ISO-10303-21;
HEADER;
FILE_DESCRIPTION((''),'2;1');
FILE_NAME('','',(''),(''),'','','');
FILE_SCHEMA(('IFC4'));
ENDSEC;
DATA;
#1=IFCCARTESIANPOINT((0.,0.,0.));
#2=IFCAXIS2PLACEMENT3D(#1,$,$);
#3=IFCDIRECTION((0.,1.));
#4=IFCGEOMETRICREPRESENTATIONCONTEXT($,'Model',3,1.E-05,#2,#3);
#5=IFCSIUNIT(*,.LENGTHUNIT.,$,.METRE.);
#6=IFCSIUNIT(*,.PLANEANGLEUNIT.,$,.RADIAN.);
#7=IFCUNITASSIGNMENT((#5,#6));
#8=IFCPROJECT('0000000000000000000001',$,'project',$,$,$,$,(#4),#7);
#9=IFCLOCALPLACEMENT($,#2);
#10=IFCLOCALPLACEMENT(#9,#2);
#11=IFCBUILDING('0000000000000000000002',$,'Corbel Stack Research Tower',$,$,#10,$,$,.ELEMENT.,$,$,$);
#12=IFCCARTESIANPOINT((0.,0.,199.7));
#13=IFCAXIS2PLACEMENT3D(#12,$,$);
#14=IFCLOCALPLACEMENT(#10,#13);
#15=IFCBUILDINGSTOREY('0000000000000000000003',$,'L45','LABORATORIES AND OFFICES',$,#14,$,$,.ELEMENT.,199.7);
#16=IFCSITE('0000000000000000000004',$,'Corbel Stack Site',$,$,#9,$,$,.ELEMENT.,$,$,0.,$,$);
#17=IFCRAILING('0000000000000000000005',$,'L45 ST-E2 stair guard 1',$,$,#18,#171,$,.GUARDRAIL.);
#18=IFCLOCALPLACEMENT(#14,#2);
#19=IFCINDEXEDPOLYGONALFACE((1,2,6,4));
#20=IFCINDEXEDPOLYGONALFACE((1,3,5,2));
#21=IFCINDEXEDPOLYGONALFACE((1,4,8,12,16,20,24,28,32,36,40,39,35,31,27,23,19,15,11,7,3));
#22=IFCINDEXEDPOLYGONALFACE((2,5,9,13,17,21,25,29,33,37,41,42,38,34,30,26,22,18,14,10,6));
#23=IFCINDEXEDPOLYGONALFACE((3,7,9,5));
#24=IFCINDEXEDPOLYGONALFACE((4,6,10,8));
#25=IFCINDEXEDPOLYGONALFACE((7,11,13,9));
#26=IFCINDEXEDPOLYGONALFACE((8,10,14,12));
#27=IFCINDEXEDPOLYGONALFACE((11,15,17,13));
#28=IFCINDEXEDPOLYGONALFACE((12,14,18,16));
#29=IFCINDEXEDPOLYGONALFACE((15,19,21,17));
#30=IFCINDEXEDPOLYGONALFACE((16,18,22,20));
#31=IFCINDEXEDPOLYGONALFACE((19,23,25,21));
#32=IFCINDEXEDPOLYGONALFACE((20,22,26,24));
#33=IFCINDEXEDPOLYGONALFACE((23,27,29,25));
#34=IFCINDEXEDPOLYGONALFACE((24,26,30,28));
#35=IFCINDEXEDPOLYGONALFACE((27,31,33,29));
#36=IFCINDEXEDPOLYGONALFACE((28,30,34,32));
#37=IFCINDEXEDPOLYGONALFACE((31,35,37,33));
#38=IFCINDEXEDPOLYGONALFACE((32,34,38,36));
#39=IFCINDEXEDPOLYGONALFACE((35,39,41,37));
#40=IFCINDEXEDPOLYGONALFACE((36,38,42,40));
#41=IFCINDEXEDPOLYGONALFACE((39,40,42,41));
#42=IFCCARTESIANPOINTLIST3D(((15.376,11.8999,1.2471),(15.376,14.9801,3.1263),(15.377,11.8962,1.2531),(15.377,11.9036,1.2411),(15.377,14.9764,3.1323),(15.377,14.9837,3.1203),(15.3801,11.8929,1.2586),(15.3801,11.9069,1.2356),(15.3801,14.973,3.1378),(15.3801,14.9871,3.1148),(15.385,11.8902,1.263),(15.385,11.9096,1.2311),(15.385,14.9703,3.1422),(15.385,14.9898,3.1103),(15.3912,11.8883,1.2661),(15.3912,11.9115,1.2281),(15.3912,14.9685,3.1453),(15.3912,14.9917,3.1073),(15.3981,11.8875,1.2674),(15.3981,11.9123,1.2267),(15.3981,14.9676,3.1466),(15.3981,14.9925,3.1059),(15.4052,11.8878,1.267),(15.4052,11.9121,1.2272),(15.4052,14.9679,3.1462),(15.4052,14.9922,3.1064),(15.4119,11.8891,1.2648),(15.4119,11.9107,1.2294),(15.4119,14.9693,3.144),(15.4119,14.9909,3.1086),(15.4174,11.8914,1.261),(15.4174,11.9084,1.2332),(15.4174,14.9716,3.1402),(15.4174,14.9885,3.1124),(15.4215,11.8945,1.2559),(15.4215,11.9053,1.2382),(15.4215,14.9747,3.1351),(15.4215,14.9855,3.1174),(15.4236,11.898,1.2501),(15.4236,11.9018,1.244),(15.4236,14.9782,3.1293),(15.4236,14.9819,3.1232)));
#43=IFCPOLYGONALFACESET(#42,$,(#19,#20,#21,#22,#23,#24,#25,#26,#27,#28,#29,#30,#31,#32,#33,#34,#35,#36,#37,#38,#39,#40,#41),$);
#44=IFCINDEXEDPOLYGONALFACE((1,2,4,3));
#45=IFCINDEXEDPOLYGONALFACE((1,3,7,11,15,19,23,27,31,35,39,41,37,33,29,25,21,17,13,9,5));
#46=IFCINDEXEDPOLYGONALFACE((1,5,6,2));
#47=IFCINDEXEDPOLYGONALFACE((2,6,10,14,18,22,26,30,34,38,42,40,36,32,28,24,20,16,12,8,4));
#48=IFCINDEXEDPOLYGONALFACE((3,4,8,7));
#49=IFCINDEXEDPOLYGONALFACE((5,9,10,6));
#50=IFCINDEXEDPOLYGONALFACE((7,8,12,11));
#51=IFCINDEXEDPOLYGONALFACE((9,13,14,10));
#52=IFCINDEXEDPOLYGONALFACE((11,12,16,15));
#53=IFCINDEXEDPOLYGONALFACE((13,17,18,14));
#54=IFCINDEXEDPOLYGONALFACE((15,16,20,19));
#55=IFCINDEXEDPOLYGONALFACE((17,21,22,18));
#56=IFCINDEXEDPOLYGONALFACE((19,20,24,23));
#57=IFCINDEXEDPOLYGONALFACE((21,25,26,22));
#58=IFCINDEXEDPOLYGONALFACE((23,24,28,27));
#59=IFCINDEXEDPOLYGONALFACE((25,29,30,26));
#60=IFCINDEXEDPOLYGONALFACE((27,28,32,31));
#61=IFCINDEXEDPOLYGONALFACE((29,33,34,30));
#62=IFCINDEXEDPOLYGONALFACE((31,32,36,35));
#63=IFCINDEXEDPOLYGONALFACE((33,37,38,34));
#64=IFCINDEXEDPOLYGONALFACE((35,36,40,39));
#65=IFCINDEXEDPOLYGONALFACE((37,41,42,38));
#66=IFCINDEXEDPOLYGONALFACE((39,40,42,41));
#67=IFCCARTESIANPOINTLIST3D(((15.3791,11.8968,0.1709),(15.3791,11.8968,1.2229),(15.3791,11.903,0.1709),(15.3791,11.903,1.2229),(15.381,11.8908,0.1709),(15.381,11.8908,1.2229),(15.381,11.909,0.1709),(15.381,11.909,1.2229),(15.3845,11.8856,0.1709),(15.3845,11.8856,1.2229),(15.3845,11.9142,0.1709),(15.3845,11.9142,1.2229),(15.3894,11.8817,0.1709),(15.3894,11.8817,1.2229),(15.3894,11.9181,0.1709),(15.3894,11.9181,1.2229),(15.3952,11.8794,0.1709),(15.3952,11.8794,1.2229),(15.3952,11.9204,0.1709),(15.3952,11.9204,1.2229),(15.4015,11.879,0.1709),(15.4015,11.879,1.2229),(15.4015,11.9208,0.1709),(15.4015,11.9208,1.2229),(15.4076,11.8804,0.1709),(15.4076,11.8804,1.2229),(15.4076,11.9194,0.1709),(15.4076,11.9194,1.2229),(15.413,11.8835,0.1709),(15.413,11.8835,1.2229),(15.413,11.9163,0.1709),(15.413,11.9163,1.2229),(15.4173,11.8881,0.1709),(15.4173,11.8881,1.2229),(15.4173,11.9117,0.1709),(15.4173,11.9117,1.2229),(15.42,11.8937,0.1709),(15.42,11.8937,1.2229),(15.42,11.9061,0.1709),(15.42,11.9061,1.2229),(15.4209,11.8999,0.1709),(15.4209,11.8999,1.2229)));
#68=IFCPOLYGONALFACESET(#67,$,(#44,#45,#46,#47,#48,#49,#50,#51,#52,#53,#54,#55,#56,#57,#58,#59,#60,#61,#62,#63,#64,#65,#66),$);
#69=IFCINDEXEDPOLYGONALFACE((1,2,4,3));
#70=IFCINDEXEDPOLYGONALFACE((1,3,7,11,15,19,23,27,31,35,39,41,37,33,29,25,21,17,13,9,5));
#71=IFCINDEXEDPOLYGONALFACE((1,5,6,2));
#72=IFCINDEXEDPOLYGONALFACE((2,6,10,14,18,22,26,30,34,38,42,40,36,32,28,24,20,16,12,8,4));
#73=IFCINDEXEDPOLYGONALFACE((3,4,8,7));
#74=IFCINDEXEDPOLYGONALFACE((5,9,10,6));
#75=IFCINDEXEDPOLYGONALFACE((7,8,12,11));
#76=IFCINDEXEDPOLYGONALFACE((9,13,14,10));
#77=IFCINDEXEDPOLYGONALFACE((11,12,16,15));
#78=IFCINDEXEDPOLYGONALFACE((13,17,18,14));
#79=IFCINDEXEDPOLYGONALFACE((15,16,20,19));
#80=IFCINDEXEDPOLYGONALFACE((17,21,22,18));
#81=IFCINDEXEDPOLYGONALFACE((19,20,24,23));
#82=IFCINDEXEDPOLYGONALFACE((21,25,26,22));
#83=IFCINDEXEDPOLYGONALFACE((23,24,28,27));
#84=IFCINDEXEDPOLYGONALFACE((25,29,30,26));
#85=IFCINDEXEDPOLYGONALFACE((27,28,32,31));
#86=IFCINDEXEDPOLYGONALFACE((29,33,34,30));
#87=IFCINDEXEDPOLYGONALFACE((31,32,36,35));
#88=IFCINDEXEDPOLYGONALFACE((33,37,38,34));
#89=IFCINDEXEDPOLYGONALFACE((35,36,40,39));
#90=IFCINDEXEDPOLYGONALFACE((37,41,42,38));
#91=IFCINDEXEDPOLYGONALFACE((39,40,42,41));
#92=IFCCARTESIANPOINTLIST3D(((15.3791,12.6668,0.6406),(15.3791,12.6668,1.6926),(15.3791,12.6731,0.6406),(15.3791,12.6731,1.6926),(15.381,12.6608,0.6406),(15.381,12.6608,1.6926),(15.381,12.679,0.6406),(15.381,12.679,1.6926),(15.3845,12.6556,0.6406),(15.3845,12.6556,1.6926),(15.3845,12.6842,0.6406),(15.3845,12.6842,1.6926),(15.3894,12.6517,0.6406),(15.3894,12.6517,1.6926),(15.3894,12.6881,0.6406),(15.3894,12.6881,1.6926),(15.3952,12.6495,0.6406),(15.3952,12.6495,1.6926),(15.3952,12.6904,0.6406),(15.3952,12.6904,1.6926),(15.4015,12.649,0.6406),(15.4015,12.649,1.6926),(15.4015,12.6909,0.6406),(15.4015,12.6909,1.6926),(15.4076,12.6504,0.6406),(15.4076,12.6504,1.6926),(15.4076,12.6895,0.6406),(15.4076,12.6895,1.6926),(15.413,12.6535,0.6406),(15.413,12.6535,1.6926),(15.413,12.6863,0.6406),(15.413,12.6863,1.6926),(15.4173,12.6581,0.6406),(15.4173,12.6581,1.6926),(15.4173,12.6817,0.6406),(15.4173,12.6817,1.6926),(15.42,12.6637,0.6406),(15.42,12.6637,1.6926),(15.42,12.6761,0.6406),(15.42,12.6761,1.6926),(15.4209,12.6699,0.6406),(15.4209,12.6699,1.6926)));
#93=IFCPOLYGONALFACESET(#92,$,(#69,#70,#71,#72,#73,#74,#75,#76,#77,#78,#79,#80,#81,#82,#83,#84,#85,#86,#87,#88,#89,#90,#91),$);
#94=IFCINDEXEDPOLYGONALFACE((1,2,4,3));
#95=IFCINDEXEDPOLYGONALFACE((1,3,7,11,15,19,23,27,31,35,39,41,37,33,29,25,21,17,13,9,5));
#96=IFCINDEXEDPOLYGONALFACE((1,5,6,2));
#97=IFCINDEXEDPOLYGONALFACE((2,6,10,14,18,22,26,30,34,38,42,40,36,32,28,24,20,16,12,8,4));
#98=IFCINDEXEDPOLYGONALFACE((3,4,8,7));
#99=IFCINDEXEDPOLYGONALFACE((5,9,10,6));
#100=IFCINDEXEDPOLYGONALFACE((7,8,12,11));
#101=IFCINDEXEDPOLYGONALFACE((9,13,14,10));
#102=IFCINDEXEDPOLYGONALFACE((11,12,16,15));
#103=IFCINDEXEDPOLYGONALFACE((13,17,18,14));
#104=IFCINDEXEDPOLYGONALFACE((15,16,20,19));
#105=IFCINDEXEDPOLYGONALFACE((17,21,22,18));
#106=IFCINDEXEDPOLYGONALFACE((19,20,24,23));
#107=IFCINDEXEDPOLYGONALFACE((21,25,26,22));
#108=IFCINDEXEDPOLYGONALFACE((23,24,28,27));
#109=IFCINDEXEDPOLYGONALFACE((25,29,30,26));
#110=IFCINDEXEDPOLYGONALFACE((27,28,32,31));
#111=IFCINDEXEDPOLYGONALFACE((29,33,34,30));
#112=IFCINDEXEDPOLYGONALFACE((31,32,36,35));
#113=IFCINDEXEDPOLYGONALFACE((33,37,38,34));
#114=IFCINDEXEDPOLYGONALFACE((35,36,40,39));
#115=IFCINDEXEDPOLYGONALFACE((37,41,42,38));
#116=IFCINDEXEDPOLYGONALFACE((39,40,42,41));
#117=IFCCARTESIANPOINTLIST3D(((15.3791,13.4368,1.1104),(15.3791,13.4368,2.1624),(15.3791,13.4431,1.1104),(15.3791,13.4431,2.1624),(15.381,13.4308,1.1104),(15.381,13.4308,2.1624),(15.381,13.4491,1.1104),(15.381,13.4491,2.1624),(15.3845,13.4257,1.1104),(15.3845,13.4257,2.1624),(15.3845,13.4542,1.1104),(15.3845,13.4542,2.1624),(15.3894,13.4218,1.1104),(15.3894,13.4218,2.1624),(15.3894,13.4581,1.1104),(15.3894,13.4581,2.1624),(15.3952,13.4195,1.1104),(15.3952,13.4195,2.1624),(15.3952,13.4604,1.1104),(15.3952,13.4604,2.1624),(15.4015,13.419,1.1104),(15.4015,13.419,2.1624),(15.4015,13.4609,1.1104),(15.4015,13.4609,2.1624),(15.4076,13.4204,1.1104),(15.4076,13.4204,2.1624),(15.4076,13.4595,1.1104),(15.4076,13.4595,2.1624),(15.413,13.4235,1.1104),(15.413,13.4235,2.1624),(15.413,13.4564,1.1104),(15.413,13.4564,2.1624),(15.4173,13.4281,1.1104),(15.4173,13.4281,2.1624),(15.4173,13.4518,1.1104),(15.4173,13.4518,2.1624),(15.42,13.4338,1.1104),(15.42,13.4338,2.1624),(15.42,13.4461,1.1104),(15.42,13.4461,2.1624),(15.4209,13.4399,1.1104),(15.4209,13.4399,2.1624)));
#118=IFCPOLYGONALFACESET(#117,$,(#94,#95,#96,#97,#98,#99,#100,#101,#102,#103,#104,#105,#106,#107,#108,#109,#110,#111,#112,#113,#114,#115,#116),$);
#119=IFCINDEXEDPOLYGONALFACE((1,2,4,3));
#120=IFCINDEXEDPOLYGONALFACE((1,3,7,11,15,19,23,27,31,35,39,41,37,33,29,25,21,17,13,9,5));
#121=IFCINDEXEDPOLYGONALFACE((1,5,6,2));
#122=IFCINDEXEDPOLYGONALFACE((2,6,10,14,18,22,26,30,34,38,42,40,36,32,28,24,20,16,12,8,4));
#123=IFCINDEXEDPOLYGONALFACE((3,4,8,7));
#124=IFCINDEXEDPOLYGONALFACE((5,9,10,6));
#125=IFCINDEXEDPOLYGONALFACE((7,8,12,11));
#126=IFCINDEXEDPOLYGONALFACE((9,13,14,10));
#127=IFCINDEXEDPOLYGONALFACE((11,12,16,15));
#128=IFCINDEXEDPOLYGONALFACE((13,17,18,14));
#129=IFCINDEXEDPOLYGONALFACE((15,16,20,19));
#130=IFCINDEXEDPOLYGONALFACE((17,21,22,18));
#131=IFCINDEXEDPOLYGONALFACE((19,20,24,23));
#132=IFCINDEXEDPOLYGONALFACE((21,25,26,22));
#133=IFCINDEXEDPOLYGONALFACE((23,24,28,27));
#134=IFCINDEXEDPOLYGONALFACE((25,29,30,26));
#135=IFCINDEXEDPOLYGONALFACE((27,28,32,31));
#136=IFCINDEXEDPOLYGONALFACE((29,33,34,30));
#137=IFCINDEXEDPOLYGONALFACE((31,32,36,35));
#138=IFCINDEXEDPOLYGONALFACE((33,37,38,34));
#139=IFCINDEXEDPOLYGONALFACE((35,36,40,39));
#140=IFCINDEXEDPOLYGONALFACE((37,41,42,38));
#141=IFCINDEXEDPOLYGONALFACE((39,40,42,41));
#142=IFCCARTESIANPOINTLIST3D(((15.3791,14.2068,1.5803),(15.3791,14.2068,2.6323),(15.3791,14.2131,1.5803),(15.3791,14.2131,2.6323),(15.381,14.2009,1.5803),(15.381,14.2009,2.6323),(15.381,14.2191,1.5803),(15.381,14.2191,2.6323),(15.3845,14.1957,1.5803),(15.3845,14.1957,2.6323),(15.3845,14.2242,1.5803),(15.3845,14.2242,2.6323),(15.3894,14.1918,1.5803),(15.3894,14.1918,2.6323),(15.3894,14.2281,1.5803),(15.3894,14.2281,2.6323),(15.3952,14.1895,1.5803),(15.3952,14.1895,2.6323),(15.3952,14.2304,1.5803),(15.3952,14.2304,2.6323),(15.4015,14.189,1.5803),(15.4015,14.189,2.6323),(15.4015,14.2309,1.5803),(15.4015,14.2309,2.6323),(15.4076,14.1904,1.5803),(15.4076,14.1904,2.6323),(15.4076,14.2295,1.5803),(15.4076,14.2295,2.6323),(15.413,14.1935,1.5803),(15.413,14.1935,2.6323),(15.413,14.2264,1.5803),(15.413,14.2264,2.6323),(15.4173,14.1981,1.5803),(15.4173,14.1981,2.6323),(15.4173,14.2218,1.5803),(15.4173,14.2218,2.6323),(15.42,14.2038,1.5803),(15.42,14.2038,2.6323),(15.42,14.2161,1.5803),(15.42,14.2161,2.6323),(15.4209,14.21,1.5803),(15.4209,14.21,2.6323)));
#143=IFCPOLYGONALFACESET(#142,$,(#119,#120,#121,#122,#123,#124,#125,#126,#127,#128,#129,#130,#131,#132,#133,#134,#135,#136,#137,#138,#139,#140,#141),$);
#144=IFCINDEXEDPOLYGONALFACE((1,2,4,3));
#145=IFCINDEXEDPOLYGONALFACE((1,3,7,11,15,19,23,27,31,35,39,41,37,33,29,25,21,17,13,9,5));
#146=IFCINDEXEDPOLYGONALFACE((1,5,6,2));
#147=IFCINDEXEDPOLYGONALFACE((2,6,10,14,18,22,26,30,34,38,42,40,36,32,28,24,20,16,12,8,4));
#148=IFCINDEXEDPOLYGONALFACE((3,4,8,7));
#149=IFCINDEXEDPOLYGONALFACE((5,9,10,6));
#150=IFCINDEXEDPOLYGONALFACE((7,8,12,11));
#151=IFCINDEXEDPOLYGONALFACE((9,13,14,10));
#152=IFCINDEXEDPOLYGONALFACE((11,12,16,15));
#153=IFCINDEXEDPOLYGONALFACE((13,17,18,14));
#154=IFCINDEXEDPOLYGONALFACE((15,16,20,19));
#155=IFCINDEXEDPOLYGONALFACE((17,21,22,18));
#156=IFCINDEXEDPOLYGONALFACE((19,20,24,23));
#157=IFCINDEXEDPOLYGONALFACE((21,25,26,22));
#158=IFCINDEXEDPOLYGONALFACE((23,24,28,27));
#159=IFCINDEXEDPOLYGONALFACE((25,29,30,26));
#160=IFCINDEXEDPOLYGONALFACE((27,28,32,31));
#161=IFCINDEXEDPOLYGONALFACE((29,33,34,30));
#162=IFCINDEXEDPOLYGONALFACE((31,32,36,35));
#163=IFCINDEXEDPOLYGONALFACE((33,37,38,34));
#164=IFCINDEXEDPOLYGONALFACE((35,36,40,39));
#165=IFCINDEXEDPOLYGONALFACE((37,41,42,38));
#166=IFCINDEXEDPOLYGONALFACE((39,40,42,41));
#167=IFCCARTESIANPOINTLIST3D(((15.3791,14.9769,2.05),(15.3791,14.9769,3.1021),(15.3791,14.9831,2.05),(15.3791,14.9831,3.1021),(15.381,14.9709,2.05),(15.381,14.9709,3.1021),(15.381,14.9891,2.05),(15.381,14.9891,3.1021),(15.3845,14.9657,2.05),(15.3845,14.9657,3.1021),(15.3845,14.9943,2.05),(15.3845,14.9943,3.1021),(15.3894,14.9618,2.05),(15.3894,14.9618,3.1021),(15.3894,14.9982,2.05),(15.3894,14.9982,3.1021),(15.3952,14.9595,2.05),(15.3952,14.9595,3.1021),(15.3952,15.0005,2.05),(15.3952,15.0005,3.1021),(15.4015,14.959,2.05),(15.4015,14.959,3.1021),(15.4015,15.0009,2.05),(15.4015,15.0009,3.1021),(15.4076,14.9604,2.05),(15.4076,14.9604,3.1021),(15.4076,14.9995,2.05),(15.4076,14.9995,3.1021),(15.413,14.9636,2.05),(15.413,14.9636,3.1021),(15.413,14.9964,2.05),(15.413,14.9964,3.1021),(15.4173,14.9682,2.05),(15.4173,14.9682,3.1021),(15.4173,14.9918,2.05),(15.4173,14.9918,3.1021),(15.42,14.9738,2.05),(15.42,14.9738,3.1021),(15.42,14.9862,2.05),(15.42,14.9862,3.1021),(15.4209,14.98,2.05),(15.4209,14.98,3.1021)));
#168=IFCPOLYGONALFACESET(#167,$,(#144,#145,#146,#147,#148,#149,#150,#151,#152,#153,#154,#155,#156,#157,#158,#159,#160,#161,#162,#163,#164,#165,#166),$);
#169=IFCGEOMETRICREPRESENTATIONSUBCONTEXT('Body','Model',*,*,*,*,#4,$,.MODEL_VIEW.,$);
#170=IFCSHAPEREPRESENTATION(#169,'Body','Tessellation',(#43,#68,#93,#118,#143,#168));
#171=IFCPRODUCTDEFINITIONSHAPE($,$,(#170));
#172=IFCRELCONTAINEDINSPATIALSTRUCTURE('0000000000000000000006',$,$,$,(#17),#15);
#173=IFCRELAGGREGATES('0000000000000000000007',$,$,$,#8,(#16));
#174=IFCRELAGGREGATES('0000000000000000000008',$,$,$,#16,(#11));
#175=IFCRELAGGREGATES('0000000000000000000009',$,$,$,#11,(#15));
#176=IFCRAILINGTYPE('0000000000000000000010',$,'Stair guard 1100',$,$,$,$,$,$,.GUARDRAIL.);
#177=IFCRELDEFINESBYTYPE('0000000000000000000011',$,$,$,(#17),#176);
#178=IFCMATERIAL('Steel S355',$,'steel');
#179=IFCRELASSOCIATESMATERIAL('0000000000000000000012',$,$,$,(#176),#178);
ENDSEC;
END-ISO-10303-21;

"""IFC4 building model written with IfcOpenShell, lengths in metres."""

from ifc_helpers import new_model, si_unit, direction, frame, origin, origin_2d, place, context, subcontext, project, spatial, circle, extrude, material, type_object, element, save


model = new_model("IFC4")

# Units and contexts
model_context = context("Model", 3, precision=1e-05, world=origin(), true_north=direction((0.0, 1.0)))
body_context = subcontext(model_context, "Body", "Model", "MODEL_VIEW")
ifc_project = project(units=[si_unit("LENGTHUNIT", "METRE"), si_unit("PLANEANGLEUNIT", "RADIAN")], contexts=[model_context])

# Site, building, storey
site_placement = place(None, origin())
site = spatial("IfcSite", under=ifc_project, at=site_placement, Name="Corbel Stack Site", CompositionType="ELEMENT", RefElevation=0.0)
building_placement = place(site_placement, origin())
building = spatial("IfcBuilding", under=site, at=building_placement, Name="Corbel Stack Research Tower", CompositionType="ELEMENT")
storey_placement = place(building_placement, frame((0.0, 0.0, 199.7)))
storey = spatial("IfcBuildingStorey", under=building, at=storey_placement, Name="L45", Description="LABORATORIES AND OFFICES", CompositionType="ELEMENT", Elevation=199.7)

# Railing
ifc_material_1 = material(Name="Steel S355", Category="steel")
railing_type_1 = type_object("IfcRailingType", Name="Stair guard 1100", PredefinedType="GUARDRAIL", material=ifc_material_1)
railing_1_placement = place(storey_placement, frame((15.3999, 11.8999, 0.1709)))
element("IfcRailing", 1, at=railing_1_placement, inside=storey, type_object=railing_type_1, Name="L45 ST-E2 stair guard 1", PredefinedType="GUARDRAIL", context=body_context, shape_type="SweptSolid", body=[
    extrude(circle(Radius=0.0239, at=origin_2d()), frame((0.0, 0.0, 1.0762), z_axis=(0.0, 0.853666, 0.52082), x_axis=(-1.0, 0.0, 0.0)), (0.0, 0.0, 1.0), 3.6082),
    extrude(circle(Radius=0.021, at=origin_2d()), origin(), (0.0, 0.0, 1.0), 1.052),
    extrude(circle(Radius=0.021, at=origin_2d()), frame((0.0, 0.77, 0.4697)), (0.0, 0.0, 1.0), 1.052),
    extrude(circle(Radius=0.021, at=origin_2d()), frame((0.0, 1.54, 0.9395)), (0.0, 0.0, 1.0), 1.052),
    extrude(circle(Radius=0.021, at=origin_2d()), frame((0.0, 2.3101, 1.4094)), (0.0, 0.0, 1.0), 1.052),
    extrude(circle(Radius=0.021, at=origin_2d()), frame((0.0, 3.0801, 1.8792)), (0.0, 0.0, 1.0), 1.052),
])

save(model, "model.ifc")
